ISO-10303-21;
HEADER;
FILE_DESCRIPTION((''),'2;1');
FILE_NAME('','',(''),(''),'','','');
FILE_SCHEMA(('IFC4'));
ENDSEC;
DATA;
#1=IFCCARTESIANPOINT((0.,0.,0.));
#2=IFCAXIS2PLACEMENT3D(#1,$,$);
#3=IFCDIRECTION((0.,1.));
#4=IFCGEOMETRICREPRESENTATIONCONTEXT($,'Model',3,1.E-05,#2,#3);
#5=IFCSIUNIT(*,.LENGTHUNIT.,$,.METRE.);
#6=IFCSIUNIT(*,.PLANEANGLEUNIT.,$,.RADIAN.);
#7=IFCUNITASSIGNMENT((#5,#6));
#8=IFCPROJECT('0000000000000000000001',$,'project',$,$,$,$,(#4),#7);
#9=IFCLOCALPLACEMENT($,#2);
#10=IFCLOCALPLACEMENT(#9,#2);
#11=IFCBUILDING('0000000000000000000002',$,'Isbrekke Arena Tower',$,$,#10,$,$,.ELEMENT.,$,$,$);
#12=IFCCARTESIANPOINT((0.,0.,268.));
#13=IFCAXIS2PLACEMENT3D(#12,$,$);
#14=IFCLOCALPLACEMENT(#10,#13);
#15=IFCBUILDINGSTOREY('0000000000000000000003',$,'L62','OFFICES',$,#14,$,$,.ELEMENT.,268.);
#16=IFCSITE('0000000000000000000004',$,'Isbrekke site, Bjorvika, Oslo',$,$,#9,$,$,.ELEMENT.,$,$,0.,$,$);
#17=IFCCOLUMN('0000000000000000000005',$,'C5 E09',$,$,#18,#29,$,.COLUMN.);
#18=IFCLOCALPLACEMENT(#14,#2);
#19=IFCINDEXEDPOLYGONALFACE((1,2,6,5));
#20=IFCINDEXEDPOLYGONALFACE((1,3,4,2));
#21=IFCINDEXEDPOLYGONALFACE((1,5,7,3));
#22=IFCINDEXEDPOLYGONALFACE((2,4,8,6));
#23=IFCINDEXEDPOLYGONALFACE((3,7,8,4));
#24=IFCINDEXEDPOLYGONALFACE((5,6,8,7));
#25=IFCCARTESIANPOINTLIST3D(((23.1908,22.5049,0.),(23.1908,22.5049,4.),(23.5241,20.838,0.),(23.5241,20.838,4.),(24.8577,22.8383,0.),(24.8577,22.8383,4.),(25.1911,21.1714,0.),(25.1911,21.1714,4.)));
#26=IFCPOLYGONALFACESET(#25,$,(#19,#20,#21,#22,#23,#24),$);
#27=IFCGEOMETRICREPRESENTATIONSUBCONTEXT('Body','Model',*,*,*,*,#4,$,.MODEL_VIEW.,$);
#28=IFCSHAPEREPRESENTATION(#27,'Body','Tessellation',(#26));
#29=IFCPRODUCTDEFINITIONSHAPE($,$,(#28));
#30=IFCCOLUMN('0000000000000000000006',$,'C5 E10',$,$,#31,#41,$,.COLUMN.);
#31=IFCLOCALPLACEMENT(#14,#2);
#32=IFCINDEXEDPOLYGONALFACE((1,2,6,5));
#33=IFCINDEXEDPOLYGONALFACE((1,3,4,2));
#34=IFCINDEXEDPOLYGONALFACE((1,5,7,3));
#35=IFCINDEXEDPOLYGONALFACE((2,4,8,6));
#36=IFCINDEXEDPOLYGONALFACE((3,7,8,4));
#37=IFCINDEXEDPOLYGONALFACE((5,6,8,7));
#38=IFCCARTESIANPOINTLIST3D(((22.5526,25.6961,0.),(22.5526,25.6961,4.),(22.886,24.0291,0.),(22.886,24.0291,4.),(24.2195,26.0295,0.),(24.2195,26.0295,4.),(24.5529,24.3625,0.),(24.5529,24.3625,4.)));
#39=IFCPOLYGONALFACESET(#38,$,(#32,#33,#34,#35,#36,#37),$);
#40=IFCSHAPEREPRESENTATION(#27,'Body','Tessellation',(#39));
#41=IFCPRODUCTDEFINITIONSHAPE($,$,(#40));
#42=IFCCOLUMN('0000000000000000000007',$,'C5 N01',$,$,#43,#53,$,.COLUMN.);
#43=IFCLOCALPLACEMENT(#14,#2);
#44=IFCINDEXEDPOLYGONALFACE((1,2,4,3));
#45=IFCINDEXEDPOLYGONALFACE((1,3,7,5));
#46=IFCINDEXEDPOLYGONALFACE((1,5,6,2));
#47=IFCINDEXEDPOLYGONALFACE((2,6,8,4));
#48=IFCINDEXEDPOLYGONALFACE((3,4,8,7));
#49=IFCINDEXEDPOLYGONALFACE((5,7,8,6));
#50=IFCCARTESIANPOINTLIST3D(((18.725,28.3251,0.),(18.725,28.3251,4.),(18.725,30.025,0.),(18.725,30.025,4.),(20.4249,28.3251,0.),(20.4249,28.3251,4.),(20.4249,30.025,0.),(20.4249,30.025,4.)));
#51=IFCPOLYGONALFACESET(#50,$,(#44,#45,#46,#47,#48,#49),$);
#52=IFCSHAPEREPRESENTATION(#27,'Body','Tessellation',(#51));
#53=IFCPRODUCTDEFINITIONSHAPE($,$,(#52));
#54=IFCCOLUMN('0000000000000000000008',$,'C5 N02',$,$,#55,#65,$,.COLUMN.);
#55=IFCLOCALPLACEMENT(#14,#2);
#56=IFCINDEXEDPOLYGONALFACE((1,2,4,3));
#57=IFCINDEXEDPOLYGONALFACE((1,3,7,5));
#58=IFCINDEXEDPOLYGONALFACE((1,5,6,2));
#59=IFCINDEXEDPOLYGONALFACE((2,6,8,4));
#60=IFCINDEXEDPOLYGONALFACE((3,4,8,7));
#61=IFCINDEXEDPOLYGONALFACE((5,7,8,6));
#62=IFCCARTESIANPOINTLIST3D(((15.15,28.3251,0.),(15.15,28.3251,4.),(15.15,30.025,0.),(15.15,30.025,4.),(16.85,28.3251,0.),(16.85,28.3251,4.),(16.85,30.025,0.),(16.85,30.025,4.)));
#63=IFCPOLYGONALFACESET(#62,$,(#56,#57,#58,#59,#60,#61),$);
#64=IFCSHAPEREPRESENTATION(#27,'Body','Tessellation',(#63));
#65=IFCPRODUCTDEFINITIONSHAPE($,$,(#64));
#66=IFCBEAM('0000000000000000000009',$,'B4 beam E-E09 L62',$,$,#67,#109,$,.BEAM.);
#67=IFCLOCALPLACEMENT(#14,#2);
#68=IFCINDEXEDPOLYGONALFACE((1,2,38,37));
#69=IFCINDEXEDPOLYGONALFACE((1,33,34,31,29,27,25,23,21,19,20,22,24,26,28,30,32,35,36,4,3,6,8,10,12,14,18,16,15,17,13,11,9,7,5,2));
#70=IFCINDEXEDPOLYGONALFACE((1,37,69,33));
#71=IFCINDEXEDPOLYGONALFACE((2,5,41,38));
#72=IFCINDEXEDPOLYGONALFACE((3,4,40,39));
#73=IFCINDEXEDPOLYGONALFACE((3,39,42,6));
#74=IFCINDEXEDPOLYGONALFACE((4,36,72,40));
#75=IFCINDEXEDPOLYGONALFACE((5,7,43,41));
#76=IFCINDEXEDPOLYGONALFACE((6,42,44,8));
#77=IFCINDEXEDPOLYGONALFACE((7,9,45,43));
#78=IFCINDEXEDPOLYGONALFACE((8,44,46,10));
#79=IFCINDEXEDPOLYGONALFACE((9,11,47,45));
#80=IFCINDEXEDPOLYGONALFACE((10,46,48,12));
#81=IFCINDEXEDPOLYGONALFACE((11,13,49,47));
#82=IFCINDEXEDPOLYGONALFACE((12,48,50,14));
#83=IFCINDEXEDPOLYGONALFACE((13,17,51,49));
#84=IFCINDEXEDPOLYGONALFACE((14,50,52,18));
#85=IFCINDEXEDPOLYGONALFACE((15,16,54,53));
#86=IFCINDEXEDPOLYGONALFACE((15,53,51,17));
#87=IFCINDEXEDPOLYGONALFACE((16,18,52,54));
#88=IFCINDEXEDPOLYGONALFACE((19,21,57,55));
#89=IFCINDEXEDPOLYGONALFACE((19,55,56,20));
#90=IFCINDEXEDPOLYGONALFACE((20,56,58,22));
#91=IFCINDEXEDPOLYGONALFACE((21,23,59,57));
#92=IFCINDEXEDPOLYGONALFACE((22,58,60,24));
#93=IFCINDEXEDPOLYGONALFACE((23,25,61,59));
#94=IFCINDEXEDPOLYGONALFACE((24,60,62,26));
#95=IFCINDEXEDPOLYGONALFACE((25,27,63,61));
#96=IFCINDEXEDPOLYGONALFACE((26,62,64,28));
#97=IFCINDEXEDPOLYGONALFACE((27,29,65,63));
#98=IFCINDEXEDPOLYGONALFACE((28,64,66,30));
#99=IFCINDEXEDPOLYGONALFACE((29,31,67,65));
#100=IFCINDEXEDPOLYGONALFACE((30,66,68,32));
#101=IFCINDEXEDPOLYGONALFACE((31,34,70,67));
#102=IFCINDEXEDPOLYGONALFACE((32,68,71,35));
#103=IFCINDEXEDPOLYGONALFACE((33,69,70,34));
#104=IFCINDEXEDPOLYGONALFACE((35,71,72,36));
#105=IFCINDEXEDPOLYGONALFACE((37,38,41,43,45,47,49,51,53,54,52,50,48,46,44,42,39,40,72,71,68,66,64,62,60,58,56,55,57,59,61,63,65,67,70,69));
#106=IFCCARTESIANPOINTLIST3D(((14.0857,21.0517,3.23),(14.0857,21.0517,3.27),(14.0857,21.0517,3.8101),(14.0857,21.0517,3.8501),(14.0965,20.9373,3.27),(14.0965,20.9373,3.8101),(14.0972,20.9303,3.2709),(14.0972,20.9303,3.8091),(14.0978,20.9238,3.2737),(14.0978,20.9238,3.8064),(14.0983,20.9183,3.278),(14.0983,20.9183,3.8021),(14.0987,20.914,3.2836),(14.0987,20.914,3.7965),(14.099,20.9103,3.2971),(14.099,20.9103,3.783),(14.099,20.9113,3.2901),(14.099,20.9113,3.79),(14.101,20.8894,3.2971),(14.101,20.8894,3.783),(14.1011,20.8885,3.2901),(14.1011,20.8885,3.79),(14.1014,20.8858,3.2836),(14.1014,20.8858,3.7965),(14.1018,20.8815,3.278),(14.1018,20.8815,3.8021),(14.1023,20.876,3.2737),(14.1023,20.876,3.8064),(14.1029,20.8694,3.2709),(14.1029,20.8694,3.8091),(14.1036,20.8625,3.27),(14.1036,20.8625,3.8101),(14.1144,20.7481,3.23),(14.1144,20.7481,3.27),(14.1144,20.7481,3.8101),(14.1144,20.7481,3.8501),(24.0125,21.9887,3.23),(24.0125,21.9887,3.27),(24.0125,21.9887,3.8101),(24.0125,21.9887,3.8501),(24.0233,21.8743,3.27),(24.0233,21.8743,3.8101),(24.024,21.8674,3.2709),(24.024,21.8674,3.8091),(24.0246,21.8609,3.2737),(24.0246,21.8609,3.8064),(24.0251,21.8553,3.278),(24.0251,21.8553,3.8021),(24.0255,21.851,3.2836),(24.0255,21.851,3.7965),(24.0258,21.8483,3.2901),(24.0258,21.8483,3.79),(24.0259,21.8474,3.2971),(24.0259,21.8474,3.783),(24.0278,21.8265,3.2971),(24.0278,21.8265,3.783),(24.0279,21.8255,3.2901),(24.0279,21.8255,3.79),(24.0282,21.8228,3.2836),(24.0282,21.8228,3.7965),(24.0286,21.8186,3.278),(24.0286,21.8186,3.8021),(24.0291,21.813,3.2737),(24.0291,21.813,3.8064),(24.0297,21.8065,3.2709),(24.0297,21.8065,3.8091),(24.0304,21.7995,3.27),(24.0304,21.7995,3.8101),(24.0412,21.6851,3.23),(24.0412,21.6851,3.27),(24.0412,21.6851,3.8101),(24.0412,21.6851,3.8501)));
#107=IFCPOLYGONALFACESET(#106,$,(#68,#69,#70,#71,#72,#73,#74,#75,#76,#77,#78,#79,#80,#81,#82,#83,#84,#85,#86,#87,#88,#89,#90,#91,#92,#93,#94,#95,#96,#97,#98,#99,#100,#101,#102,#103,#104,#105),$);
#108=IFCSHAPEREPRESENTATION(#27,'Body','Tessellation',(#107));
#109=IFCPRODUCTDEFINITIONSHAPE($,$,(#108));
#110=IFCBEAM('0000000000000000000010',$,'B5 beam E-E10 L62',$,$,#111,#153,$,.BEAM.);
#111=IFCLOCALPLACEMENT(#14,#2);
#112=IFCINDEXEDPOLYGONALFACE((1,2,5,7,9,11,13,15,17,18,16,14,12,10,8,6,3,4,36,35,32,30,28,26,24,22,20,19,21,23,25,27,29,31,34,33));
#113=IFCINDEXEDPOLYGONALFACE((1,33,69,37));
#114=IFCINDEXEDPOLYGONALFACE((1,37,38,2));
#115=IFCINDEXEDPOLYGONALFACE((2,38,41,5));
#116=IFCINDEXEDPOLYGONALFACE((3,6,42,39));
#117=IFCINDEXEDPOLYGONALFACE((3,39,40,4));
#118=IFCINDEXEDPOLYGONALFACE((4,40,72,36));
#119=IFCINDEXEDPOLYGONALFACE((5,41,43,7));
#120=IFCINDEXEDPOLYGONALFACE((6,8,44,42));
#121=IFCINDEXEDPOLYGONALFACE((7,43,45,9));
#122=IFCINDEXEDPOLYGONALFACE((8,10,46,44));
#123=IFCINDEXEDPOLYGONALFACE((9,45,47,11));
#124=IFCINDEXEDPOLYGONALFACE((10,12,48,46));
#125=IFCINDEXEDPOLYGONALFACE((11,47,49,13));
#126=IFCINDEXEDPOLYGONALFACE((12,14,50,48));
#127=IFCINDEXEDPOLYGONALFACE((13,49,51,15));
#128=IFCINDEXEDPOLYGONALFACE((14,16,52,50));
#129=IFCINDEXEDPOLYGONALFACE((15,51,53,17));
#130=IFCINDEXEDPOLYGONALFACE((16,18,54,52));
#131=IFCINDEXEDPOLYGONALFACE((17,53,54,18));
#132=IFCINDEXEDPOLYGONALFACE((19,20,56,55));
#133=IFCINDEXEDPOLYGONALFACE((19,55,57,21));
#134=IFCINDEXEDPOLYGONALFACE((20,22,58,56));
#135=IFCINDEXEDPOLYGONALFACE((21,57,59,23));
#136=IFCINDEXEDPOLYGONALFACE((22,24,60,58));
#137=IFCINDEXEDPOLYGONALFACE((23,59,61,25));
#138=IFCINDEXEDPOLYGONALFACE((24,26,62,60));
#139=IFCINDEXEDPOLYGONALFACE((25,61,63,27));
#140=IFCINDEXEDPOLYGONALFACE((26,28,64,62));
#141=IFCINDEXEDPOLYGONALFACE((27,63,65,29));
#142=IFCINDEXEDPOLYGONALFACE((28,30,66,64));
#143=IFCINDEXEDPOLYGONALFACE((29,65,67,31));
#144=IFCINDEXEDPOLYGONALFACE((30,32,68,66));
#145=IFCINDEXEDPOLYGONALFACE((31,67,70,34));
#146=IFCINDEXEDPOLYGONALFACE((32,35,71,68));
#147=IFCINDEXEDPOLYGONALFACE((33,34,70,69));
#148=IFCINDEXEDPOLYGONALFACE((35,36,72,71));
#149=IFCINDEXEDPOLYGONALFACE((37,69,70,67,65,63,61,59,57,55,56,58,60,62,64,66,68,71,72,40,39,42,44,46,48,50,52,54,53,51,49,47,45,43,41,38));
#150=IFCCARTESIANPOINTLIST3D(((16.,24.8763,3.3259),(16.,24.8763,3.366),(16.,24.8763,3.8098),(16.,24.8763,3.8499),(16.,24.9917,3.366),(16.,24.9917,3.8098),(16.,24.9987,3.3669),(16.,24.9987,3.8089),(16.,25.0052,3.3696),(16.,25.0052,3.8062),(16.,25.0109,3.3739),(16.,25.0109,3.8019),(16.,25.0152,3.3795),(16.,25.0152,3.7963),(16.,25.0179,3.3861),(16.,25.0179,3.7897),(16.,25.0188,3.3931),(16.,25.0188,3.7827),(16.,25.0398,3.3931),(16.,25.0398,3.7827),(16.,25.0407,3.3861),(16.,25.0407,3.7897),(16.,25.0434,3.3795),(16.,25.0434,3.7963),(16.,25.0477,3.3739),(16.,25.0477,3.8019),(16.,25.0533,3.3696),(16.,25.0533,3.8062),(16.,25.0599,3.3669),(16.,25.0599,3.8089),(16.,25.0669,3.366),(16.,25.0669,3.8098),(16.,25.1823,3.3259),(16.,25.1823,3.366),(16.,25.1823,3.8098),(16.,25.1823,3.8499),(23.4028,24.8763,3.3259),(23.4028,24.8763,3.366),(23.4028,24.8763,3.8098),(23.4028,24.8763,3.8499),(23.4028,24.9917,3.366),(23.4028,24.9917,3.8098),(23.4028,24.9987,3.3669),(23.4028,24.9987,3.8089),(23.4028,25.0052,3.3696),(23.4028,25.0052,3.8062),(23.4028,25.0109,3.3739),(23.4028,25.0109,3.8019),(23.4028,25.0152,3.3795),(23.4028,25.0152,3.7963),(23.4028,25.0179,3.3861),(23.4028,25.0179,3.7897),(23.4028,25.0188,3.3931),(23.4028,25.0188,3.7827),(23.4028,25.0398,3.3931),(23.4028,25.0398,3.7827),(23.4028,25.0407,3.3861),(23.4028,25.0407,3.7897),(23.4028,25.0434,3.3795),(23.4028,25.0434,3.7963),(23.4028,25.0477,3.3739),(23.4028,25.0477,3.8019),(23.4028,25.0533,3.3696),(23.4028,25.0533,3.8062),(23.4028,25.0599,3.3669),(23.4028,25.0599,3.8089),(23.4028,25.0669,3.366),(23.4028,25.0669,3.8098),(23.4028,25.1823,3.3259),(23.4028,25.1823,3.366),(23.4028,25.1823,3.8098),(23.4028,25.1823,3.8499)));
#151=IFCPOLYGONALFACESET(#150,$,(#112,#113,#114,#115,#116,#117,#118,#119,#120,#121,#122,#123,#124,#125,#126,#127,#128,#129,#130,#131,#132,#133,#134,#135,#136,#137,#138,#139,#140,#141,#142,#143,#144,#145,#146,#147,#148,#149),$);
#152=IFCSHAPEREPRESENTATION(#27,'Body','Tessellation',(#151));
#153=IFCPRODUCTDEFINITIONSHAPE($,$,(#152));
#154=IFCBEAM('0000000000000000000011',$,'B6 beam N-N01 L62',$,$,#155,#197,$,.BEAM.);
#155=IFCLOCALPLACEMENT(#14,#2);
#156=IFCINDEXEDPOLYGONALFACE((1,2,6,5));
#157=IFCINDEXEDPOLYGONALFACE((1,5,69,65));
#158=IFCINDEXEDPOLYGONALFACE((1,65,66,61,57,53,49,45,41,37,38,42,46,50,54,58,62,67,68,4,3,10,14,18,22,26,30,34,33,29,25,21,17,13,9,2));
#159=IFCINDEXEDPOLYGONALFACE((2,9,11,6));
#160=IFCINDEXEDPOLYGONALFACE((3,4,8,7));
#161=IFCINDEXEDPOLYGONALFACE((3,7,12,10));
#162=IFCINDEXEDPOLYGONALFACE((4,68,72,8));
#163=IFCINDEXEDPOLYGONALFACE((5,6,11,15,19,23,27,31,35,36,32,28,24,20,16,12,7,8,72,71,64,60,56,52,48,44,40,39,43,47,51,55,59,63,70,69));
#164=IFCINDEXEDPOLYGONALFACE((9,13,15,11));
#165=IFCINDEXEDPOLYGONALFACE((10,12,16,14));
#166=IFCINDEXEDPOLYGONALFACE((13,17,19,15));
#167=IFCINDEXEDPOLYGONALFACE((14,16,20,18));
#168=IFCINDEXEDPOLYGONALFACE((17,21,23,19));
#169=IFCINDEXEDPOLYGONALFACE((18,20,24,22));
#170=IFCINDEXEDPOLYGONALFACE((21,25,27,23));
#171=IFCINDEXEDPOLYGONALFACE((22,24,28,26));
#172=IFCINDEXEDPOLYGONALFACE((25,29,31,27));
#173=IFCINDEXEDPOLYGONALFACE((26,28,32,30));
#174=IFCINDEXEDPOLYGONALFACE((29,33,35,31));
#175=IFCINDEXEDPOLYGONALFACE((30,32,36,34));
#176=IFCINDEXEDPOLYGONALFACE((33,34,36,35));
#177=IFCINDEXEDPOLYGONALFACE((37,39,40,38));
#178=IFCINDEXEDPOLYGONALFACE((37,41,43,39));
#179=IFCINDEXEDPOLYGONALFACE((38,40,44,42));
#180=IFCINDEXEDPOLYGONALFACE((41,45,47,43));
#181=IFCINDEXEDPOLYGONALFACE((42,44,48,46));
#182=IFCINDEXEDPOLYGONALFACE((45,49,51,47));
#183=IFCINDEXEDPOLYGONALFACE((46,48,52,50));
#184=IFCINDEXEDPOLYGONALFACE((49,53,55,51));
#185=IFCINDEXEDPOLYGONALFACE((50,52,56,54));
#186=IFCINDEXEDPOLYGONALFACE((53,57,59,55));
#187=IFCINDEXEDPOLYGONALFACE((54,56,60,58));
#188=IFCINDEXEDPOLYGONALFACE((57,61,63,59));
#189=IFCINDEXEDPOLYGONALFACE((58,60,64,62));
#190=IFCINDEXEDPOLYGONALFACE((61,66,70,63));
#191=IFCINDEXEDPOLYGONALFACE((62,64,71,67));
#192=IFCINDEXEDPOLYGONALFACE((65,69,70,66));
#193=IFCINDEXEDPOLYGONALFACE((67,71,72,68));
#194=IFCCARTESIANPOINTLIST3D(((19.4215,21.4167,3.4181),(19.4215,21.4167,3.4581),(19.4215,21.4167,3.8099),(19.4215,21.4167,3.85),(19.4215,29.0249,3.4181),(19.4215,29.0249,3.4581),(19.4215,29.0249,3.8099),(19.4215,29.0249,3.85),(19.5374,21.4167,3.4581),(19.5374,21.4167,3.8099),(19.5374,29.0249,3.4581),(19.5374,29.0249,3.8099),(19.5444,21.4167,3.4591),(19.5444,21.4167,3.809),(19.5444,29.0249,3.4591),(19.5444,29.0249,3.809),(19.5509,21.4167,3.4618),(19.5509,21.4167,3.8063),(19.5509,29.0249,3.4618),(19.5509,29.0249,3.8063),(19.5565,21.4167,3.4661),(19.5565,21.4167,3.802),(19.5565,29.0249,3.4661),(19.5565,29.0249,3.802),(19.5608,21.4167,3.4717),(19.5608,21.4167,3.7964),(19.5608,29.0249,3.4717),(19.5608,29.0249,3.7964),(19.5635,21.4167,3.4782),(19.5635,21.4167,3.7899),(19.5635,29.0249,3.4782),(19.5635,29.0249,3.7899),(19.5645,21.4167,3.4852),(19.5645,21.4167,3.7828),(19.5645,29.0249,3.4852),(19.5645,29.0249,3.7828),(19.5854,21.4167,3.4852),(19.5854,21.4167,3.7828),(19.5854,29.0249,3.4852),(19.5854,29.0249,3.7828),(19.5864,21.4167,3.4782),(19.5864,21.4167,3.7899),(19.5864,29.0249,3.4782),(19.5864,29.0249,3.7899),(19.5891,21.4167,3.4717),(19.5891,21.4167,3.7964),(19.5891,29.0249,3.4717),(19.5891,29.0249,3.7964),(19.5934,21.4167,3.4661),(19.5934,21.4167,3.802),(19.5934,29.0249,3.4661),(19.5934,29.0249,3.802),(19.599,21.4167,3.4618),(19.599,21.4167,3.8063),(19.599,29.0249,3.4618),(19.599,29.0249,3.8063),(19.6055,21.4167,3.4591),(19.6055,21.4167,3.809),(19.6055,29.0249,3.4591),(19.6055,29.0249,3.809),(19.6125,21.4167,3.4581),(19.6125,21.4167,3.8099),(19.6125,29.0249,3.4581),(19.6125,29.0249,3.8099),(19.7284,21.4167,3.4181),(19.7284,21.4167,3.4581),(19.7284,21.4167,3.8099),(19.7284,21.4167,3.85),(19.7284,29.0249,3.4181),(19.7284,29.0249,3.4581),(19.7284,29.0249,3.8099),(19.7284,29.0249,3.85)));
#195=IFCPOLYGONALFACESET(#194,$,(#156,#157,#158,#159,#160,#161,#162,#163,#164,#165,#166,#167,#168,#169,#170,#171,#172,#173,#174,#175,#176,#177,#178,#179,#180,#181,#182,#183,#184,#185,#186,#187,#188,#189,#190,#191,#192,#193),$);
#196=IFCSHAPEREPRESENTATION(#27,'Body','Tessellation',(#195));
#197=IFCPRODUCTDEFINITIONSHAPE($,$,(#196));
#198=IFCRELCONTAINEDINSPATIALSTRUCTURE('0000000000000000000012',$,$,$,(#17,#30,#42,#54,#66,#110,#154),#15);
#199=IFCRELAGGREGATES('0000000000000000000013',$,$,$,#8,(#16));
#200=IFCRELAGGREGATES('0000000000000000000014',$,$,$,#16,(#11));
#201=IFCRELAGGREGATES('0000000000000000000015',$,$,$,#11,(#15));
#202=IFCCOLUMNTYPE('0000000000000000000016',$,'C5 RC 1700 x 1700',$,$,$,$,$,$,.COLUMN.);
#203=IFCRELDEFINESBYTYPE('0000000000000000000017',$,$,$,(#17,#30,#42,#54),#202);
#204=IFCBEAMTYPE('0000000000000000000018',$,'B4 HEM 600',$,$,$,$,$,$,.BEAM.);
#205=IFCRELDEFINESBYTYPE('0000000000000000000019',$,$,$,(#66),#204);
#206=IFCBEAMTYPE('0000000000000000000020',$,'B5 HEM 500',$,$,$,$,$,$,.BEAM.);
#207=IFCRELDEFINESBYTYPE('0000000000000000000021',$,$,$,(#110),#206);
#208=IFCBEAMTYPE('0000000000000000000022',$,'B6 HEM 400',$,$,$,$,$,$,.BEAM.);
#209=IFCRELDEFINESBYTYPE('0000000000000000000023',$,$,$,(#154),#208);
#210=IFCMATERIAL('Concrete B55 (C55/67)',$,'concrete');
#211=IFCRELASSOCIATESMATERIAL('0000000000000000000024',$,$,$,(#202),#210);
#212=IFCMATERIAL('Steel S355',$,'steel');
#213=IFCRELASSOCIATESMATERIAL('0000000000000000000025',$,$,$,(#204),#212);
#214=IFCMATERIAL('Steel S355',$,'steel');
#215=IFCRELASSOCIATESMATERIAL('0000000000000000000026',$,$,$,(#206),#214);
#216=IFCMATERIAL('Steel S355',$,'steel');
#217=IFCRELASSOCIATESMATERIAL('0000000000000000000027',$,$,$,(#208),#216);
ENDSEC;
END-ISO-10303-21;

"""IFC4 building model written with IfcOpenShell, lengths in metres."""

from ifc_helpers import new_model, si_unit, direction, frame, origin, origin_2d, place, context, subcontext, project, spatial, rectangle, i_section, extrude, material, material_profile, profile_set, type_object, element, save


model = new_model("IFC4")

# Units and contexts
model_context = context("Model", 3, precision=1e-05, world=origin(), true_north=direction((0.0, 1.0)))
body_context = subcontext(model_context, "Body", "Model", "MODEL_VIEW")
ifc_project = project(units=[si_unit("LENGTHUNIT", "METRE"), si_unit("PLANEANGLEUNIT", "RADIAN")], contexts=[model_context])

# Site, building, storey
site_placement = place(None, origin())
site = spatial("IfcSite", under=ifc_project, at=site_placement, Name="Isbrekke site, Bjorvika, Oslo", CompositionType="ELEMENT", RefElevation=0.0)
building_placement = place(site_placement, origin())
building = spatial("IfcBuilding", under=site, at=building_placement, Name="Isbrekke Arena Tower", CompositionType="ELEMENT")
storey_placement = place(building_placement, frame((0.0, 0.0, 268.0)))
storey = spatial("IfcBuildingStorey", under=building, at=storey_placement, Name="L62", Description="OFFICES", CompositionType="ELEMENT", Elevation=268.0)

# Columns
ifc_material_1 = material(Name="Concrete B55 (C55/67)", Category="concrete")
ifc_material_profile_1 = material_profile(ifc_material_1, rectangle(XDim=1.7, YDim=1.7, at=origin_2d()), Name="RC 1700x1700")
ifc_profile_set_1 = profile_set([ifc_material_profile_1], Name="Concrete B55 (C55/67)")
column_type = type_object("IfcColumnType", Name="C5 RC 1700 x 1700", PredefinedType="COLUMN", material=ifc_profile_set_1)
for number, where, z_axis, x_axis, name in (
    (1, (24.1909, 21.8381, 0.0), (0.0, 0.0, 1.0), (-0.196116, 0.980581, 0.0), "C5 E09"),
    (2, (23.5527, 25.0293, 0.0), (0.0, 0.0, 1.0), (-0.196116, 0.980581, 0.0), "C5 E10"),
    (3, (19.575, 29.175, 0.0), (0.0, 0.0, 1.0), (-1.0, 0.0, 0.0), "C5 N01"),
    (4, (16.0, 29.175, 0.0), (0.0, 0.0, 1.0), (-1.0, 0.0, 0.0), "C5 N02"),
):
    element("IfcColumn", number, at=place(storey_placement, frame(where, z_axis=z_axis, x_axis=x_axis)), inside=storey, type_object=column_type, Name=name, PredefinedType="COLUMN", context=body_context, shape_type="SweptSolid", body=[
        extrude(rectangle(XDim=1.7, YDim=1.7, at=origin_2d()), origin(), (0.0, 0.0, 1.0), 4.0),
    ])

# Beams
ifc_material_2 = material(Name="Steel S355", Category="steel")
ifc_material_profile_2 = material_profile(ifc_material_2, i_section(OverallWidth=0.3049, OverallDepth=0.6201, WebThickness=0.021, FlangeThickness=0.04, FilletRadius=0.0271, at=origin_2d()), Name="HEM 600")
ifc_profile_set_2 = profile_set([ifc_material_profile_2], Name="Steel S355")
beam_type_1 = type_object("IfcBeamType", Name="B4 HEM 600", PredefinedType="BEAM", material=ifc_profile_set_2)
beam_1_placement = place(storey_placement, frame((24.0269, 21.8369, 3.54), z_axis=(-0.995575, -0.093975, 0.0), x_axis=(0.093975, -0.995575, 0.0)))
element("IfcBeam", 5, at=beam_1_placement, inside=storey, type_object=beam_type_1, Name="B4 beam E-E09 L62", PredefinedType="BEAM", context=body_context, shape_type="SweptSolid", body=[
    extrude(i_section(OverallWidth=0.3049, OverallDepth=0.6201, WebThickness=0.021, FlangeThickness=0.04, FilletRadius=0.0271, at=origin_2d()), origin(), (0.0, 0.0, 1.0), 9.9709),
])
ifc_material_3 = material(Name="Steel S355", Category="steel")
ifc_material_profile_3 = material_profile(ifc_material_3, i_section(OverallWidth=0.3059, OverallDepth=0.5239, WebThickness=0.021, FlangeThickness=0.04, FilletRadius=0.0271, at=origin_2d()), Name="HEM 500")
ifc_profile_set_3 = profile_set([ifc_material_profile_3], Name="Steel S355")
beam_type_2 = type_object("IfcBeamType", Name="B5 HEM 500", PredefinedType="BEAM", material=ifc_profile_set_3)
beam_2_placement = place(storey_placement, frame((23.4028, 25.0293, 3.5879), z_axis=(-1.0, 0.0, 0.0), x_axis=(0.0, -1.0, 0.0)))
element("IfcBeam", 6, at=beam_2_placement, inside=storey, type_object=beam_type_2, Name="B5 beam E-E10 L62", PredefinedType="BEAM", context=body_context, shape_type="SweptSolid", body=[
    extrude(i_section(OverallWidth=0.3059, OverallDepth=0.5239, WebThickness=0.021, FlangeThickness=0.04, FilletRadius=0.0271, at=origin_2d()), origin(), (0.0, 0.0, 1.0), 7.4028),
])
ifc_material_4 = material(Name="Steel S355", Category="steel")
ifc_material_profile_4 = material_profile(ifc_material_4, i_section(OverallWidth=0.3069, OverallDepth=0.4319, WebThickness=0.021, FlangeThickness=0.04, FilletRadius=0.0271, at=origin_2d()), Name="HEM 400")
ifc_profile_set_4 = profile_set([ifc_material_profile_4], Name="Steel S355")
beam_type_3 = type_object("IfcBeamType", Name="B6 HEM 400", PredefinedType="BEAM", material=ifc_profile_set_4)
beam_3_placement = place(storey_placement, frame((19.575, 29.0249, 3.634), z_axis=(0.0, -1.0, 0.0), x_axis=(1.0, 0.0, 0.0)))
element("IfcBeam", 7, at=beam_3_placement, inside=storey, type_object=beam_type_3, Name="B6 beam N-N01 L62", PredefinedType="BEAM", context=body_context, shape_type="SweptSolid", body=[
    extrude(i_section(OverallWidth=0.3069, OverallDepth=0.4319, WebThickness=0.021, FlangeThickness=0.04, FilletRadius=0.0271, at=origin_2d()), origin(), (0.0, 0.0, 1.0), 7.6082),
])

save(model, "model.ifc")
